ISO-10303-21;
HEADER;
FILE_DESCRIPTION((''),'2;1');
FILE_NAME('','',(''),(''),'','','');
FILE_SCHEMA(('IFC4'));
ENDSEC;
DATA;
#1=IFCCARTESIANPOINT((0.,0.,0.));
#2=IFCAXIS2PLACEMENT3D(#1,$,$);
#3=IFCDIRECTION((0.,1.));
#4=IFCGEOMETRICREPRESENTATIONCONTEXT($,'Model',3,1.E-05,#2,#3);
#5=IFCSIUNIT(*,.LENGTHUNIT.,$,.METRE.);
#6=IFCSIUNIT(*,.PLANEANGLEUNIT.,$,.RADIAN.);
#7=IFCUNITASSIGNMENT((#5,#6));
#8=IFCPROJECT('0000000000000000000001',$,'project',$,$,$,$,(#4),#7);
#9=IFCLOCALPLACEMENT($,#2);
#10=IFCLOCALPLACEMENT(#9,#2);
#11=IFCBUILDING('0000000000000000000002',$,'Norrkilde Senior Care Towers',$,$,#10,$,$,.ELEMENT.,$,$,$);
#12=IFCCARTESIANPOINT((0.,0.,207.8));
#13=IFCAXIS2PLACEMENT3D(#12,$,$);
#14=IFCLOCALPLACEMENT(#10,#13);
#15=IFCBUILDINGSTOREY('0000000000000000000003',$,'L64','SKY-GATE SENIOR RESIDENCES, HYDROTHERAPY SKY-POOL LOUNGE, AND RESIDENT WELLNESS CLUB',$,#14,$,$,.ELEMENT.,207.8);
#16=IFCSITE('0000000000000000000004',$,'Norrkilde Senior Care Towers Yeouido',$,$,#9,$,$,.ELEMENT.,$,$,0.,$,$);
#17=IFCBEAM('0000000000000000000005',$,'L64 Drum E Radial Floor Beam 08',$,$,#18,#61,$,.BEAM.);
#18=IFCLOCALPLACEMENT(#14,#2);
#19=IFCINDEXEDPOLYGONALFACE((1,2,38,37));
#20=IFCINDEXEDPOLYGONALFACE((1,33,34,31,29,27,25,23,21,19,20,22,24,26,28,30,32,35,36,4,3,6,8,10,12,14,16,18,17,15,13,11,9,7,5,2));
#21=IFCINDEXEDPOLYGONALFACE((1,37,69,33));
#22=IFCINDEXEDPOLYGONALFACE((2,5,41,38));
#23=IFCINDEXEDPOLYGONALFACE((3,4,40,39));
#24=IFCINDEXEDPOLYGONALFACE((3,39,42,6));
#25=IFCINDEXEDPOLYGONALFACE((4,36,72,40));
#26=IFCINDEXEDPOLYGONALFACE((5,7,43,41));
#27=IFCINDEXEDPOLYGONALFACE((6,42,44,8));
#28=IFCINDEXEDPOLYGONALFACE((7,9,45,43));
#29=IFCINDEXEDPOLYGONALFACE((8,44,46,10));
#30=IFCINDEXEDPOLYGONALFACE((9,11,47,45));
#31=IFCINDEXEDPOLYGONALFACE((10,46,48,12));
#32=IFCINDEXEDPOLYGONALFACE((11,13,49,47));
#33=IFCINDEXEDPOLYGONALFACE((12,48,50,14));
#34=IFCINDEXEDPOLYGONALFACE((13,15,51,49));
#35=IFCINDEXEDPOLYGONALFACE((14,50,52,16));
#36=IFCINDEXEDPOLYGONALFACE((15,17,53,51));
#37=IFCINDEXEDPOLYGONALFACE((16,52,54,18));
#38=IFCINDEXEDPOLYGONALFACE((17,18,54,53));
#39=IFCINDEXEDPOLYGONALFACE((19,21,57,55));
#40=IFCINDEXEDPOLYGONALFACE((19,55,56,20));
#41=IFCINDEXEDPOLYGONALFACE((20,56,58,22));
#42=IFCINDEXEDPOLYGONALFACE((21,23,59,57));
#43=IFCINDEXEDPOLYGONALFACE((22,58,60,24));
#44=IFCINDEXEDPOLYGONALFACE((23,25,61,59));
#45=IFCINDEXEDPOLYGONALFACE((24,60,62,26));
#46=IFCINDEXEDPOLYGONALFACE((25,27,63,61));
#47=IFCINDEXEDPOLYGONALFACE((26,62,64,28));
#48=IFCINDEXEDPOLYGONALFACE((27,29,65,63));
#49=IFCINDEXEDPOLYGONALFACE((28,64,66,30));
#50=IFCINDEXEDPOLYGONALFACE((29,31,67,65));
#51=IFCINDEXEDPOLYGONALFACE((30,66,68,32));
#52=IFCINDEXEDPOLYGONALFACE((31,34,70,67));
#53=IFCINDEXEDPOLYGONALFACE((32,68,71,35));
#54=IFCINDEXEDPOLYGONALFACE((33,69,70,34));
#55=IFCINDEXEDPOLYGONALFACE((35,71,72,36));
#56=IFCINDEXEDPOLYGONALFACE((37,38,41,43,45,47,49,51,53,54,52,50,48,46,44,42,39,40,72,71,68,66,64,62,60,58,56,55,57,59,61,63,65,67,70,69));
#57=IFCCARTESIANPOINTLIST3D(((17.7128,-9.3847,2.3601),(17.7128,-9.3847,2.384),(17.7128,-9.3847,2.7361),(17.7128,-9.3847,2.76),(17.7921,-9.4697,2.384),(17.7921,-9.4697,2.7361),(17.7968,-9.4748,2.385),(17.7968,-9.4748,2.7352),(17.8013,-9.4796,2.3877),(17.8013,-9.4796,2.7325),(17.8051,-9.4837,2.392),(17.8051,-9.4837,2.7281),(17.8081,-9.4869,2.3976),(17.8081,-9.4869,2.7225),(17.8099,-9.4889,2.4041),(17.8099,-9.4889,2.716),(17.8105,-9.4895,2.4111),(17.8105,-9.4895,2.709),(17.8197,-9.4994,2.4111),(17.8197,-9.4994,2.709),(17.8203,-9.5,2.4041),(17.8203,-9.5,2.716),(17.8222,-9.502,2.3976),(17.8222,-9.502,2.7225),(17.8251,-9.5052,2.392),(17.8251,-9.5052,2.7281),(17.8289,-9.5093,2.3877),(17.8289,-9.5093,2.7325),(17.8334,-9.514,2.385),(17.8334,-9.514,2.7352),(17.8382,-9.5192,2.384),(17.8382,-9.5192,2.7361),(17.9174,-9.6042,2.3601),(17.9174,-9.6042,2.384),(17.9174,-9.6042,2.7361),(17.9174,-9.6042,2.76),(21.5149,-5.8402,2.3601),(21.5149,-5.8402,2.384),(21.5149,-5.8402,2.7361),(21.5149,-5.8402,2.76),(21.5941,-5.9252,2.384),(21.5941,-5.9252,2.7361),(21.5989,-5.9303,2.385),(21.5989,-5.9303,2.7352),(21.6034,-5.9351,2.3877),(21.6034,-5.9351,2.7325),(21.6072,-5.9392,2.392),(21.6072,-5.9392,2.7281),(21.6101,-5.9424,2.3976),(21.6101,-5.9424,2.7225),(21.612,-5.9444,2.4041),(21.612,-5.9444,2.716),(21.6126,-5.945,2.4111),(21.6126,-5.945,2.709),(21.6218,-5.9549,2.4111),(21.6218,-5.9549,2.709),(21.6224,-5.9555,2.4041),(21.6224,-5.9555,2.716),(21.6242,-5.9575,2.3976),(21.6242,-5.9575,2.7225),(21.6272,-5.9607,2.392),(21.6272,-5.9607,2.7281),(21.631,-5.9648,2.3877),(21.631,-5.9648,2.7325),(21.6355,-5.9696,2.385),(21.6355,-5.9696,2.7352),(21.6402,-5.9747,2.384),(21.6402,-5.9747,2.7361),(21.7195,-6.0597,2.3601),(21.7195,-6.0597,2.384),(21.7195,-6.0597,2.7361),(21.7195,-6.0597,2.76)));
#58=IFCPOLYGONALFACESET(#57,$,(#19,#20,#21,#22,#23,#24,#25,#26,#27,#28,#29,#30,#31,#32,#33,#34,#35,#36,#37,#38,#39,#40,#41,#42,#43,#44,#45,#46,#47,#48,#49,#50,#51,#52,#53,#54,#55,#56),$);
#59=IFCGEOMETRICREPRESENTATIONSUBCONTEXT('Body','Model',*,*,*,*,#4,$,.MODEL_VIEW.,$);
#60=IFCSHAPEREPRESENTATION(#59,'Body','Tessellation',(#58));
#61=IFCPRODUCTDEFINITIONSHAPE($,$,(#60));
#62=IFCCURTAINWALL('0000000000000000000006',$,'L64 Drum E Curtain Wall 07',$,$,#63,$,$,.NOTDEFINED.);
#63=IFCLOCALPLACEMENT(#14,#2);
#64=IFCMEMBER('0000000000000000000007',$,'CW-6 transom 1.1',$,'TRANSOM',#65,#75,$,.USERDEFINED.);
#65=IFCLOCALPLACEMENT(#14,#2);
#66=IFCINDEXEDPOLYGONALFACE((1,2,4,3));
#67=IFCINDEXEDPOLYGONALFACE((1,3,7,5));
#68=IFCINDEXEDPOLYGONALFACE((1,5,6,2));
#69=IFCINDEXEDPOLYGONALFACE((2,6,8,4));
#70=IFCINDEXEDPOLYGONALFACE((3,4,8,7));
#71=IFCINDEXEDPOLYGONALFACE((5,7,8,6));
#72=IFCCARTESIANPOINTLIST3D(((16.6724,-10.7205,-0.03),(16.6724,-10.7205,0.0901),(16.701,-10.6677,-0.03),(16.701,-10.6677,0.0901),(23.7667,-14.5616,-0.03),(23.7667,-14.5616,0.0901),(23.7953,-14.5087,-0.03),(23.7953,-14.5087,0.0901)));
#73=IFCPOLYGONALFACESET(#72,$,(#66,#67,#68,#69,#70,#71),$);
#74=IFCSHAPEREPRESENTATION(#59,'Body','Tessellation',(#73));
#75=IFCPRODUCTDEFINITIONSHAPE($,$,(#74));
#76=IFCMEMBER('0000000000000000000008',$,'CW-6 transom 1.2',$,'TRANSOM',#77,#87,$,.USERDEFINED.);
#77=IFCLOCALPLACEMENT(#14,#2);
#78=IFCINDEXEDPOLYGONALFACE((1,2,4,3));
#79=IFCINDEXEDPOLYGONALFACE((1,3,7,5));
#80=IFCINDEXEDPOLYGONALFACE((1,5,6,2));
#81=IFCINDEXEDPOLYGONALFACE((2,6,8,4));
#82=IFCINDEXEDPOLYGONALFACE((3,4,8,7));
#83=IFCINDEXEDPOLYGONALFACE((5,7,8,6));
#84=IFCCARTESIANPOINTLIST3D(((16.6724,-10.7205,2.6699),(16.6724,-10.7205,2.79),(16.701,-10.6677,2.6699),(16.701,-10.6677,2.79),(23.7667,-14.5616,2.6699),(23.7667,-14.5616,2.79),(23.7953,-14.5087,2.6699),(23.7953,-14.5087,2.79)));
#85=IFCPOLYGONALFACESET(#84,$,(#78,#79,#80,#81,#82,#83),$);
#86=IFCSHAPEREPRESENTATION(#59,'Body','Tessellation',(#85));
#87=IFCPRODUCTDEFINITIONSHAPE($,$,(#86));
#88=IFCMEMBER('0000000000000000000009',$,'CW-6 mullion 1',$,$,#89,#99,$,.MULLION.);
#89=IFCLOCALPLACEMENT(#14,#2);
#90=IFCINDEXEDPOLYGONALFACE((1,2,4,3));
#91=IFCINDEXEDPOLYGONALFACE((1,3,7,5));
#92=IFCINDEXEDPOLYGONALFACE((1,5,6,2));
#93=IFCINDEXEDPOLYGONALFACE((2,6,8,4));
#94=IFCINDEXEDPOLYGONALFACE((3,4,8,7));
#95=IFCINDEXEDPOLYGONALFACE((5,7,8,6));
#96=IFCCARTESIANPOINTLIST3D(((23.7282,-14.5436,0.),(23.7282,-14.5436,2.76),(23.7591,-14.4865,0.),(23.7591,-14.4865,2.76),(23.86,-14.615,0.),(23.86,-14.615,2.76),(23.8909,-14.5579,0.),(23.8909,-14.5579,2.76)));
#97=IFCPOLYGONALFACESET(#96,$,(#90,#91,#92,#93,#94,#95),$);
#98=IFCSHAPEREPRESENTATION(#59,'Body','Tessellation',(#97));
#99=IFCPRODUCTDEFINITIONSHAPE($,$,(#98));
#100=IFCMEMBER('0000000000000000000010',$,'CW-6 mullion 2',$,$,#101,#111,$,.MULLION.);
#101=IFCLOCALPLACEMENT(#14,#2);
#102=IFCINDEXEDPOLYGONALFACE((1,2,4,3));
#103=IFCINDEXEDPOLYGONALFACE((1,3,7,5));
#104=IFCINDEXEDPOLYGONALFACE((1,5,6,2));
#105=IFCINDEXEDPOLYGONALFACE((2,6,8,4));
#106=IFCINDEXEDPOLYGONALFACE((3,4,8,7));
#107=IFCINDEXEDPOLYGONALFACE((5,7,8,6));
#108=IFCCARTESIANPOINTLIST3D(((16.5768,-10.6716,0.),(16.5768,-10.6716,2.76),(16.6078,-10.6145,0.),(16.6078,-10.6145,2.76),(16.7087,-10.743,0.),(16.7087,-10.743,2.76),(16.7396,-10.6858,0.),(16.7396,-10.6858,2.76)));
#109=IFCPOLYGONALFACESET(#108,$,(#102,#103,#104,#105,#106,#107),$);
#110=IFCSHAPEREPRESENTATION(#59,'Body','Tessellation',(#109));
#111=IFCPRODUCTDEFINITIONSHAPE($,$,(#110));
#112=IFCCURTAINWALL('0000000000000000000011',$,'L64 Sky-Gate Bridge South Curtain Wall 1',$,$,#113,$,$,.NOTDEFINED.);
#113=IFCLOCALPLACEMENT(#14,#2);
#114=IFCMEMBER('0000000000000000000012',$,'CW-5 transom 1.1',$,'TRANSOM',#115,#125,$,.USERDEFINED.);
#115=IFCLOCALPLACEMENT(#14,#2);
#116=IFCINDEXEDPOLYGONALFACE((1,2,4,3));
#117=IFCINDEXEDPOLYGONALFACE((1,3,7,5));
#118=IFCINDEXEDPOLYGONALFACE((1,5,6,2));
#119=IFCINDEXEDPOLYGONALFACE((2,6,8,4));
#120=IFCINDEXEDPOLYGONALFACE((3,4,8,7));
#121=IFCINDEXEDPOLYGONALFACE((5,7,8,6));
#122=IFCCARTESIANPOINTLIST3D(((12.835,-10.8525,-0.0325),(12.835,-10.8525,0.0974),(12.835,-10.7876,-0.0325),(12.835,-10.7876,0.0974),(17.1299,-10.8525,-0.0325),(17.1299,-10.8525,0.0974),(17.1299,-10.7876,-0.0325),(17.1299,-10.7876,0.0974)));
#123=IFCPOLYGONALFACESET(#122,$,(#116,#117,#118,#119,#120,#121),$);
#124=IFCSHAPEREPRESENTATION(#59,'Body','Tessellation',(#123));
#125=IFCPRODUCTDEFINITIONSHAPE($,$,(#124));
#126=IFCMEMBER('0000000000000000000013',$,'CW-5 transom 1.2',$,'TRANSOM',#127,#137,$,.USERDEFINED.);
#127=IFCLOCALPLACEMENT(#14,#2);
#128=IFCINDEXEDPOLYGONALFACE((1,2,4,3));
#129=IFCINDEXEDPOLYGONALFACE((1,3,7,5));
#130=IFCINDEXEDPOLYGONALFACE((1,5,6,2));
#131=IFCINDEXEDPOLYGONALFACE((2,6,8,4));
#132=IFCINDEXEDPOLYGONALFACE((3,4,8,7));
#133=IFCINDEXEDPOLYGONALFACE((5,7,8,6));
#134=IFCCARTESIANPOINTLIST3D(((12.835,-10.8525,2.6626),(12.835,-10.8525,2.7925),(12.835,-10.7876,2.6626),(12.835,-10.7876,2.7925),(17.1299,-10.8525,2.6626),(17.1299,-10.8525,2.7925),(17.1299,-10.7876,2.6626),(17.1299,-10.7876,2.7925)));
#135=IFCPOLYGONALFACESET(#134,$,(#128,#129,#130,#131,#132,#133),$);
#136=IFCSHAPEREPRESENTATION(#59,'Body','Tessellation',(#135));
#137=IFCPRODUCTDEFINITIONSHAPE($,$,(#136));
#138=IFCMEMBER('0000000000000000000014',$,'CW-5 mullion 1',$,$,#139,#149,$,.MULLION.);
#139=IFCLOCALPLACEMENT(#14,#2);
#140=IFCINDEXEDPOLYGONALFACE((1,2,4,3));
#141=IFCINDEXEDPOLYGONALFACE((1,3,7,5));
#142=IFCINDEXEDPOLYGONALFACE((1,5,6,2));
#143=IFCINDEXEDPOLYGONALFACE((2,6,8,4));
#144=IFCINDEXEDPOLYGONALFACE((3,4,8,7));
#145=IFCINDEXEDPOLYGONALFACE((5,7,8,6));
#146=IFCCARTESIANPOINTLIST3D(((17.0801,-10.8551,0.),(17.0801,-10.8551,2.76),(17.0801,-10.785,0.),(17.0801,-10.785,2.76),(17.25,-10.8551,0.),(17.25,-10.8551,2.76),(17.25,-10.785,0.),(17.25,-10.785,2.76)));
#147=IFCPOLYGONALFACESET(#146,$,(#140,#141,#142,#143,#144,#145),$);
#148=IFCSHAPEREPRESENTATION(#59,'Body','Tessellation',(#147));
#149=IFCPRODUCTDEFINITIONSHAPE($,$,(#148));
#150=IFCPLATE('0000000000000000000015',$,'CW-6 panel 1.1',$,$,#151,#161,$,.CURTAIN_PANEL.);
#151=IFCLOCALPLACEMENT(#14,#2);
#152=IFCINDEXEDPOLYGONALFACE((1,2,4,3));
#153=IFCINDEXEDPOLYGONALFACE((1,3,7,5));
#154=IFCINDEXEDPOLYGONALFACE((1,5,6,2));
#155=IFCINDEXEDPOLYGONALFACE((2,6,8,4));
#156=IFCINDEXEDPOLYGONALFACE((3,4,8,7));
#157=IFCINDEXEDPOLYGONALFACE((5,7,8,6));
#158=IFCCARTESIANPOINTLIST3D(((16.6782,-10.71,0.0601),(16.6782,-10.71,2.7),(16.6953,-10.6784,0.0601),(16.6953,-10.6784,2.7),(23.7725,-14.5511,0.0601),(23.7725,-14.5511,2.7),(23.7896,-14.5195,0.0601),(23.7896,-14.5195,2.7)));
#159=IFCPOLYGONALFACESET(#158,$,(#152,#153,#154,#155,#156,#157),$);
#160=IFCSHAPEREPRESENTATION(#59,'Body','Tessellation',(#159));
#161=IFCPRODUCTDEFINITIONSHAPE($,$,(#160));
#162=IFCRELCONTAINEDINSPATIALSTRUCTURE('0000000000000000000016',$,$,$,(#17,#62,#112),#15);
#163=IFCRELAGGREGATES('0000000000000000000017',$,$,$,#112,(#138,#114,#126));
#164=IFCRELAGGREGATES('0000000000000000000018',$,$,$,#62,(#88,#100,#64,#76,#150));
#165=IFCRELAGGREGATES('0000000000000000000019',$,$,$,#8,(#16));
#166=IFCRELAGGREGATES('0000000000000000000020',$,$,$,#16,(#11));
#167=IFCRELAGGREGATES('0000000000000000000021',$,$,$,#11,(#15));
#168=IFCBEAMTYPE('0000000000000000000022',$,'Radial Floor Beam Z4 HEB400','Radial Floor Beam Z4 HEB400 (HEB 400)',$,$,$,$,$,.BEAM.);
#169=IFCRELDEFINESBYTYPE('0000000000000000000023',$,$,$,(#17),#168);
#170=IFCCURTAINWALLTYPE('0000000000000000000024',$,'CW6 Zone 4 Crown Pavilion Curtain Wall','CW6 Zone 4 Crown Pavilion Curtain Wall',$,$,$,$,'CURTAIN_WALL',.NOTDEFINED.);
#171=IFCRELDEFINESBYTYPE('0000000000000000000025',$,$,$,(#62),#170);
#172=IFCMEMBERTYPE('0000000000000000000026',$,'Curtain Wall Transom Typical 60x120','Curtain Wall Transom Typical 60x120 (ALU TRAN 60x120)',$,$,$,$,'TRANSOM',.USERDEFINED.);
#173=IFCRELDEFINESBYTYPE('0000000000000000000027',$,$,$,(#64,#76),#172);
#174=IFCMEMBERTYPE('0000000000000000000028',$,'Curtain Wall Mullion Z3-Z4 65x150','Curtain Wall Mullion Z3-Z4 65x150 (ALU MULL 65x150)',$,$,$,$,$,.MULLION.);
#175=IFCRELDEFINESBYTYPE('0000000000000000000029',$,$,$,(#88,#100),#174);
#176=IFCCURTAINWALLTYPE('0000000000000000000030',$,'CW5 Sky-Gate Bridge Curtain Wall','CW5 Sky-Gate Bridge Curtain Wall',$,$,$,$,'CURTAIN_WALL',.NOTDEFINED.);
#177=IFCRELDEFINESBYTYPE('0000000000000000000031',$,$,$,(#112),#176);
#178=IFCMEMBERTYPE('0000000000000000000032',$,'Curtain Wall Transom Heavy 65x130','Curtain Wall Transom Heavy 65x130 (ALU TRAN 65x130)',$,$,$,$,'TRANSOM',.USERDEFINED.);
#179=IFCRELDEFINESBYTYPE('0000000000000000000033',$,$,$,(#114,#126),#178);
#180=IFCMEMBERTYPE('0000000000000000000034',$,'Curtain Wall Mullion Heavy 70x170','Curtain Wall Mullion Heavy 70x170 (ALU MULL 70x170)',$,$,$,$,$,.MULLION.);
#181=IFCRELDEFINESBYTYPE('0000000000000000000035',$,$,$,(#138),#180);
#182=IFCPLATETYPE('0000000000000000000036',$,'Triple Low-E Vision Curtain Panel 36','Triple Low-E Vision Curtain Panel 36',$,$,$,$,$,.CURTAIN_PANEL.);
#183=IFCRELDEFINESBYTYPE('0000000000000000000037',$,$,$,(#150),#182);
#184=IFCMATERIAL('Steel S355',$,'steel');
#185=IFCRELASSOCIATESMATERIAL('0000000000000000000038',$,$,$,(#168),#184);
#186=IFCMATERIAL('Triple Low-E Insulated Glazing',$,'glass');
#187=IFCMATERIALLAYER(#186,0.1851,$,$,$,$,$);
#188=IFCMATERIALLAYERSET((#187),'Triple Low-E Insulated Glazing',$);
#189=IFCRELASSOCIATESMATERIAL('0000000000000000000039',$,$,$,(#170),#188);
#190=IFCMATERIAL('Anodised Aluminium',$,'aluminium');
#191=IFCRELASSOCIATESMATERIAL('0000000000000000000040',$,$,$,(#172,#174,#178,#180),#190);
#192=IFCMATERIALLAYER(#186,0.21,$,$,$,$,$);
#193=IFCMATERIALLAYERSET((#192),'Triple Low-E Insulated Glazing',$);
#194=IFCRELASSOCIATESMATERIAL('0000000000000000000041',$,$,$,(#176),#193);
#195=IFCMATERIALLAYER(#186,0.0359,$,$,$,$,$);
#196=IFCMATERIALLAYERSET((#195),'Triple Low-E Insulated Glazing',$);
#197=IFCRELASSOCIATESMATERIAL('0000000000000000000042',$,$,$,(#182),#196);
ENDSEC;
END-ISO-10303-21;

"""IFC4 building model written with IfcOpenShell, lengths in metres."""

from ifc_helpers import new_model, si_unit, direction, frame, origin, origin_2d, place, context, subcontext, project, spatial, rectangle, i_section, extrude, source, transform, mapped, material, layer, layer_set, material_profile, profile_set, type_object, type_shapes, element, aggregate, save


model = new_model("IFC4")

# Units and contexts
model_context = context("Model", 3, precision=1e-05, world=origin(), true_north=direction((0.0, 1.0)))
body_context = subcontext(model_context, "Body", "Model", "MODEL_VIEW")
ifc_project = project(units=[si_unit("LENGTHUNIT", "METRE"), si_unit("PLANEANGLEUNIT", "RADIAN")], contexts=[model_context])

# Site, building, storey
site_placement = place(None, origin())
site = spatial("IfcSite", under=ifc_project, at=site_placement, Name="Norrkilde Senior Care Towers Yeouido", CompositionType="ELEMENT", RefElevation=0.0)
building_placement = place(site_placement, origin())
building = spatial("IfcBuilding", under=site, at=building_placement, Name="Norrkilde Senior Care Towers", CompositionType="ELEMENT")
storey_placement = place(building_placement, frame((0.0, 0.0, 207.8)))
storey = spatial("IfcBuildingStorey", under=building, at=storey_placement, Name="L64", Description="SKY-GATE SENIOR RESIDENCES, HYDROTHERAPY SKY-POOL LOUNGE, AND RESIDENT WELLNESS CLUB", CompositionType="ELEMENT", Elevation=207.8)

# Beam
ifc_material_1 = material(Name="Steel S355", Category="steel")
ifc_material_profile_1 = material_profile(ifc_material_1, i_section(OverallWidth=0.3, OverallDepth=0.3999, WebThickness=0.0134, FlangeThickness=0.0239, FilletRadius=0.0271, at=origin_2d()), Name="HEB 400")
ifc_profile_set_1 = profile_set([ifc_material_profile_1], Name="Steel S355")
beam_type_1 = type_object("IfcBeamType", Name="Radial Floor Beam Z4 HEB400", Description="Radial Floor Beam Z4 HEB400 (HEB 400)", PredefinedType="BEAM", material=ifc_profile_set_1)
shared_shape_1 = source(origin(), body_context, "Body", "SweptSolid", [
    extrude(i_section(OverallWidth=0.3, OverallDepth=0.3999, WebThickness=0.0134, FlangeThickness=0.0239, FilletRadius=0.0271, at=origin_2d()), origin(), (0.0, 0.0, 1.0), 5.198),
])
type_shapes(beam_type_1, [shared_shape_1])
beam_1_placement = place(storey_placement, frame((21.6172, -5.95, 2.5601), z_axis=(-0.731449, -0.681896, 0.0), x_axis=(0.681896, -0.731449, 0.0)))
element("IfcBeam", 1, at=beam_1_placement, inside=storey, type_object=beam_type_1, Name="L64 Drum E Radial Floor Beam 08", PredefinedType="BEAM", context=body_context, shape_type="MappedRepresentation", body=[
    mapped(shared_shape_1, transform((0.0, 0.0, 0.0), x_axis=(1.0, 0.0, 0.0), y_axis=(0.0, 1.0, 0.0), z_axis=(0.0, 0.0, 1.0), scale=1.0)),
])

# Curtain walls, members
ifc_material_2 = material(Name="Triple Low-E Insulated Glazing", Category="glass")
ifc_layer_1 = layer(ifc_material_2, 0.1851)
ifc_layer_set_1 = layer_set([ifc_layer_1], Name="Triple Low-E Insulated Glazing")
curtain_wall_type_1 = type_object("IfcCurtainWallType", Name="CW6 Zone 4 Crown Pavilion Curtain Wall", Description="CW6 Zone 4 Crown Pavilion Curtain Wall", ElementType="CURTAIN_WALL", PredefinedType="NOTDEFINED", material=ifc_layer_set_1)
curtain_wall_1_placement = place(storey_placement, origin())
curtain_wall_1 = element("IfcCurtainWall", 2, at=curtain_wall_1_placement, inside=storey, type_object=curtain_wall_type_1, Name="L64 Drum E Curtain Wall 07", PredefinedType="NOTDEFINED")
ifc_material_3 = material(Name="Anodised Aluminium", Category="aluminium")
ifc_material_profile_2 = material_profile(ifc_material_3, rectangle(XDim=0.0601, YDim=0.1201, at=origin_2d()), Name="ALU TRAN 60x120")
ifc_profile_set_2 = profile_set([ifc_material_profile_2], Name="Anodised Aluminium")
member_type_1 = type_object("IfcMemberType", Name="Curtain Wall Transom Typical 60x120", Description="Curtain Wall Transom Typical 60x120 (ALU TRAN 60x120)", ElementType="TRANSOM", PredefinedType="USERDEFINED", material=ifc_profile_set_2)
shared_shape_2 = source(origin(), body_context, "Body", "SweptSolid", [
    extrude(rectangle(XDim=0.0601, YDim=0.1201, at=origin_2d()), origin(), (0.0, 0.0, 1.0), 8.0674),
])
type_shapes(member_type_1, [shared_shape_2])
member_1_placement = place(storey_placement, frame((23.781, -14.5352, 0.03), z_axis=(-0.879378, 0.476125, 0.0), x_axis=(-0.476125, -0.879378, 0.0)))
member_1 = element("IfcMember", 3, at=member_1_placement, type_object=member_type_1, Name="CW-6 transom 1.1", ObjectType="TRANSOM", PredefinedType="USERDEFINED", context=body_context, shape_type="MappedRepresentation", body=[
    mapped(shared_shape_2, transform((0.0, 0.0, 0.0), x_axis=(1.0, 0.0, 0.0), y_axis=(0.0, 1.0, 0.0), z_axis=(0.0, 0.0, 1.0), scale=1.0)),
])
member_2_placement = place(storey_placement, frame((23.781, -14.5352, 2.73), z_axis=(-0.879378, 0.476125, 0.0), x_axis=(-0.476125, -0.879378, 0.0)))
member_2 = element("IfcMember", 4, at=member_2_placement, type_object=member_type_1, Name="CW-6 transom 1.2", ObjectType="TRANSOM", PredefinedType="USERDEFINED", context=body_context, shape_type="MappedRepresentation", body=[
    mapped(shared_shape_2, transform((0.0, 0.0, 0.0), x_axis=(1.0, 0.0, 0.0), y_axis=(0.0, 1.0, 0.0), z_axis=(0.0, 0.0, 1.0), scale=1.0)),
])
ifc_material_profile_3 = material_profile(ifc_material_3, rectangle(XDim=0.0649, YDim=0.1499, at=origin_2d()), Name="ALU MULL 65x150")
ifc_profile_set_3 = profile_set([ifc_material_profile_3], Name="Anodised Aluminium")
member_type_2 = type_object("IfcMemberType", Name="Curtain Wall Mullion Z3-Z4 65x150", Description="Curtain Wall Mullion Z3-Z4 65x150 (ALU MULL 65x150)", PredefinedType="MULLION", material=ifc_profile_set_3)
shared_shape_3 = source(origin(), body_context, "Body", "SweptSolid", [
    extrude(rectangle(XDim=0.0649, YDim=0.1499, at=origin_2d()), origin(), (0.0, 0.0, 1.0), 2.76),
])
type_shapes(member_type_2, [shared_shape_3])
member_3_placement = place(storey_placement, frame((23.8096, -14.5508, 0.0), z_axis=(0.0, 0.0, 1.0), x_axis=(-0.476133, -0.879373, 0.0)))
member_3 = element("IfcMember", 5, at=member_3_placement, type_object=member_type_2, Name="CW-6 mullion 1", PredefinedType="MULLION", context=body_context, shape_type="MappedRepresentation", body=[
    mapped(shared_shape_3, transform((0.0, 0.0, 0.0), x_axis=(1.0, 0.0, 0.0), y_axis=(0.0, 1.0, 0.0), z_axis=(0.0, 0.0, 1.0), scale=1.0)),
])
member_4_placement = place(storey_placement, frame((16.6582, -10.6787, 0.0), z_axis=(0.0, 0.0, 1.0), x_axis=(-0.476133, -0.879373, 0.0)))
member_4 = element("IfcMember", 6, at=member_4_placement, type_object=member_type_2, Name="CW-6 mullion 2", PredefinedType="MULLION", context=body_context, shape_type="MappedRepresentation", body=[
    mapped(shared_shape_3, transform((0.0, 0.0, 0.0), x_axis=(1.0, 0.0, 0.0), y_axis=(0.0, 1.0, 0.0), z_axis=(0.0, 0.0, 1.0), scale=1.0)),
])
ifc_layer_2 = layer(ifc_material_2, 0.21)
ifc_layer_set_2 = layer_set([ifc_layer_2], Name="Triple Low-E Insulated Glazing")
curtain_wall_type_2 = type_object("IfcCurtainWallType", Name="CW5 Sky-Gate Bridge Curtain Wall", Description="CW5 Sky-Gate Bridge Curtain Wall", ElementType="CURTAIN_WALL", PredefinedType="NOTDEFINED", material=ifc_layer_set_2)
curtain_wall_2_placement = place(storey_placement, origin())
curtain_wall_2 = element("IfcCurtainWall", 7, at=curtain_wall_2_placement, inside=storey, type_object=curtain_wall_type_2, Name="L64 Sky-Gate Bridge South Curtain Wall 1", PredefinedType="NOTDEFINED")
ifc_material_profile_4 = material_profile(ifc_material_3, rectangle(XDim=0.0649, YDim=0.1299, at=origin_2d()), Name="ALU TRAN 65x130")
ifc_profile_set_4 = profile_set([ifc_material_profile_4], Name="Anodised Aluminium")
member_type_3 = type_object("IfcMemberType", Name="Curtain Wall Transom Heavy 65x130", Description="Curtain Wall Transom Heavy 65x130 (ALU TRAN 65x130)", ElementType="TRANSOM", PredefinedType="USERDEFINED", material=ifc_profile_set_4)
shared_shape_4 = source(origin(), body_context, "Body", "SweptSolid", [
    extrude(rectangle(XDim=0.0649, YDim=0.1299, at=origin_2d()), origin(), (0.0, 0.0, 1.0), 4.2949),
])
type_shapes(member_type_3, [shared_shape_4])
member_5_placement = place(storey_placement, frame((17.1299, -10.8201, 0.0325), z_axis=(-1.0, 0.0, 0.0), x_axis=(0.0, -1.0, 0.0)))
member_5 = element("IfcMember", 8, at=member_5_placement, type_object=member_type_3, Name="CW-5 transom 1.1", ObjectType="TRANSOM", PredefinedType="USERDEFINED", context=body_context, shape_type="MappedRepresentation", body=[
    mapped(shared_shape_4, transform((0.0, 0.0, 0.0), x_axis=(1.0, 0.0, 0.0), y_axis=(0.0, 1.0, 0.0), z_axis=(0.0, 0.0, 1.0), scale=1.0)),
])
member_6_placement = place(storey_placement, frame((17.1299, -10.8201, 2.7275), z_axis=(-1.0, 0.0, 0.0), x_axis=(0.0, -1.0, 0.0)))
member_6 = element("IfcMember", 9, at=member_6_placement, type_object=member_type_3, Name="CW-5 transom 1.2", ObjectType="TRANSOM", PredefinedType="USERDEFINED", context=body_context, shape_type="MappedRepresentation", body=[
    mapped(shared_shape_4, transform((0.0, 0.0, 0.0), x_axis=(1.0, 0.0, 0.0), y_axis=(0.0, 1.0, 0.0), z_axis=(0.0, 0.0, 1.0), scale=1.0)),
])
ifc_material_profile_5 = material_profile(ifc_material_3, rectangle(XDim=0.0701, YDim=0.1699, at=origin_2d()), Name="ALU MULL 70x170")
ifc_profile_set_5 = profile_set([ifc_material_profile_5], Name="Anodised Aluminium")
member_type_4 = type_object("IfcMemberType", Name="Curtain Wall Mullion Heavy 70x170", Description="Curtain Wall Mullion Heavy 70x170 (ALU MULL 70x170)", PredefinedType="MULLION", material=ifc_profile_set_5)
shared_shape_5 = source(origin(), body_context, "Body", "SweptSolid", [
    extrude(rectangle(XDim=0.0701, YDim=0.1699, at=origin_2d()), origin(), (0.0, 0.0, 1.0), 2.76),
])
type_shapes(member_type_4, [shared_shape_5])
member_7_placement = place(storey_placement, frame((17.165, -10.8201, 0.0), z_axis=(0.0, 0.0, 1.0), x_axis=(0.0, -1.0, 0.0)))
member_7 = element("IfcMember", 10, at=member_7_placement, type_object=member_type_4, Name="CW-5 mullion 1", PredefinedType="MULLION", context=body_context, shape_type="MappedRepresentation", body=[
    mapped(shared_shape_5, transform((0.0, 0.0, 0.0), x_axis=(1.0, 0.0, 0.0), y_axis=(0.0, 1.0, 0.0), z_axis=(0.0, 0.0, 1.0), scale=1.0)),
])
aggregate(curtain_wall_2, [member_7, member_5, member_6])

# Plate
ifc_layer_3 = layer(ifc_material_2, 0.0359)
ifc_layer_set_3 = layer_set([ifc_layer_3], Name="Triple Low-E Insulated Glazing")
plate_type = type_object("IfcPlateType", Name="Triple Low-E Vision Curtain Panel 36", Description="Triple Low-E Vision Curtain Panel 36", PredefinedType="CURTAIN_PANEL", material=ifc_layer_set_3)
shared_shape_6 = source(origin(), body_context, "Body", "SweptSolid", [
    extrude(rectangle(XDim=8.0674, YDim=0.0359, at=origin_2d()), origin(), (0.0, 0.0, 1.0), 2.6399),
])
type_shapes(plate_type, [shared_shape_6])
plate_placement = place(storey_placement, frame((20.2339, -12.6147, 0.0601), z_axis=(0.0, 0.0, 1.0), x_axis=(-0.879373, 0.476133, 0.0)))
plate = element("IfcPlate", 11, at=plate_placement, type_object=plate_type, Name="CW-6 panel 1.1", PredefinedType="CURTAIN_PANEL", context=body_context, shape_type="MappedRepresentation", body=[
    mapped(shared_shape_6, transform((0.0, 0.0, 0.0), x_axis=(1.0, 0.0, 0.0), y_axis=(0.0, 1.0, 0.0), z_axis=(0.0, 0.0, 1.0), scale=1.0)),
])
aggregate(curtain_wall_1, [member_3, member_4, member_1, member_2, plate])

save(model, "model.ifc")
